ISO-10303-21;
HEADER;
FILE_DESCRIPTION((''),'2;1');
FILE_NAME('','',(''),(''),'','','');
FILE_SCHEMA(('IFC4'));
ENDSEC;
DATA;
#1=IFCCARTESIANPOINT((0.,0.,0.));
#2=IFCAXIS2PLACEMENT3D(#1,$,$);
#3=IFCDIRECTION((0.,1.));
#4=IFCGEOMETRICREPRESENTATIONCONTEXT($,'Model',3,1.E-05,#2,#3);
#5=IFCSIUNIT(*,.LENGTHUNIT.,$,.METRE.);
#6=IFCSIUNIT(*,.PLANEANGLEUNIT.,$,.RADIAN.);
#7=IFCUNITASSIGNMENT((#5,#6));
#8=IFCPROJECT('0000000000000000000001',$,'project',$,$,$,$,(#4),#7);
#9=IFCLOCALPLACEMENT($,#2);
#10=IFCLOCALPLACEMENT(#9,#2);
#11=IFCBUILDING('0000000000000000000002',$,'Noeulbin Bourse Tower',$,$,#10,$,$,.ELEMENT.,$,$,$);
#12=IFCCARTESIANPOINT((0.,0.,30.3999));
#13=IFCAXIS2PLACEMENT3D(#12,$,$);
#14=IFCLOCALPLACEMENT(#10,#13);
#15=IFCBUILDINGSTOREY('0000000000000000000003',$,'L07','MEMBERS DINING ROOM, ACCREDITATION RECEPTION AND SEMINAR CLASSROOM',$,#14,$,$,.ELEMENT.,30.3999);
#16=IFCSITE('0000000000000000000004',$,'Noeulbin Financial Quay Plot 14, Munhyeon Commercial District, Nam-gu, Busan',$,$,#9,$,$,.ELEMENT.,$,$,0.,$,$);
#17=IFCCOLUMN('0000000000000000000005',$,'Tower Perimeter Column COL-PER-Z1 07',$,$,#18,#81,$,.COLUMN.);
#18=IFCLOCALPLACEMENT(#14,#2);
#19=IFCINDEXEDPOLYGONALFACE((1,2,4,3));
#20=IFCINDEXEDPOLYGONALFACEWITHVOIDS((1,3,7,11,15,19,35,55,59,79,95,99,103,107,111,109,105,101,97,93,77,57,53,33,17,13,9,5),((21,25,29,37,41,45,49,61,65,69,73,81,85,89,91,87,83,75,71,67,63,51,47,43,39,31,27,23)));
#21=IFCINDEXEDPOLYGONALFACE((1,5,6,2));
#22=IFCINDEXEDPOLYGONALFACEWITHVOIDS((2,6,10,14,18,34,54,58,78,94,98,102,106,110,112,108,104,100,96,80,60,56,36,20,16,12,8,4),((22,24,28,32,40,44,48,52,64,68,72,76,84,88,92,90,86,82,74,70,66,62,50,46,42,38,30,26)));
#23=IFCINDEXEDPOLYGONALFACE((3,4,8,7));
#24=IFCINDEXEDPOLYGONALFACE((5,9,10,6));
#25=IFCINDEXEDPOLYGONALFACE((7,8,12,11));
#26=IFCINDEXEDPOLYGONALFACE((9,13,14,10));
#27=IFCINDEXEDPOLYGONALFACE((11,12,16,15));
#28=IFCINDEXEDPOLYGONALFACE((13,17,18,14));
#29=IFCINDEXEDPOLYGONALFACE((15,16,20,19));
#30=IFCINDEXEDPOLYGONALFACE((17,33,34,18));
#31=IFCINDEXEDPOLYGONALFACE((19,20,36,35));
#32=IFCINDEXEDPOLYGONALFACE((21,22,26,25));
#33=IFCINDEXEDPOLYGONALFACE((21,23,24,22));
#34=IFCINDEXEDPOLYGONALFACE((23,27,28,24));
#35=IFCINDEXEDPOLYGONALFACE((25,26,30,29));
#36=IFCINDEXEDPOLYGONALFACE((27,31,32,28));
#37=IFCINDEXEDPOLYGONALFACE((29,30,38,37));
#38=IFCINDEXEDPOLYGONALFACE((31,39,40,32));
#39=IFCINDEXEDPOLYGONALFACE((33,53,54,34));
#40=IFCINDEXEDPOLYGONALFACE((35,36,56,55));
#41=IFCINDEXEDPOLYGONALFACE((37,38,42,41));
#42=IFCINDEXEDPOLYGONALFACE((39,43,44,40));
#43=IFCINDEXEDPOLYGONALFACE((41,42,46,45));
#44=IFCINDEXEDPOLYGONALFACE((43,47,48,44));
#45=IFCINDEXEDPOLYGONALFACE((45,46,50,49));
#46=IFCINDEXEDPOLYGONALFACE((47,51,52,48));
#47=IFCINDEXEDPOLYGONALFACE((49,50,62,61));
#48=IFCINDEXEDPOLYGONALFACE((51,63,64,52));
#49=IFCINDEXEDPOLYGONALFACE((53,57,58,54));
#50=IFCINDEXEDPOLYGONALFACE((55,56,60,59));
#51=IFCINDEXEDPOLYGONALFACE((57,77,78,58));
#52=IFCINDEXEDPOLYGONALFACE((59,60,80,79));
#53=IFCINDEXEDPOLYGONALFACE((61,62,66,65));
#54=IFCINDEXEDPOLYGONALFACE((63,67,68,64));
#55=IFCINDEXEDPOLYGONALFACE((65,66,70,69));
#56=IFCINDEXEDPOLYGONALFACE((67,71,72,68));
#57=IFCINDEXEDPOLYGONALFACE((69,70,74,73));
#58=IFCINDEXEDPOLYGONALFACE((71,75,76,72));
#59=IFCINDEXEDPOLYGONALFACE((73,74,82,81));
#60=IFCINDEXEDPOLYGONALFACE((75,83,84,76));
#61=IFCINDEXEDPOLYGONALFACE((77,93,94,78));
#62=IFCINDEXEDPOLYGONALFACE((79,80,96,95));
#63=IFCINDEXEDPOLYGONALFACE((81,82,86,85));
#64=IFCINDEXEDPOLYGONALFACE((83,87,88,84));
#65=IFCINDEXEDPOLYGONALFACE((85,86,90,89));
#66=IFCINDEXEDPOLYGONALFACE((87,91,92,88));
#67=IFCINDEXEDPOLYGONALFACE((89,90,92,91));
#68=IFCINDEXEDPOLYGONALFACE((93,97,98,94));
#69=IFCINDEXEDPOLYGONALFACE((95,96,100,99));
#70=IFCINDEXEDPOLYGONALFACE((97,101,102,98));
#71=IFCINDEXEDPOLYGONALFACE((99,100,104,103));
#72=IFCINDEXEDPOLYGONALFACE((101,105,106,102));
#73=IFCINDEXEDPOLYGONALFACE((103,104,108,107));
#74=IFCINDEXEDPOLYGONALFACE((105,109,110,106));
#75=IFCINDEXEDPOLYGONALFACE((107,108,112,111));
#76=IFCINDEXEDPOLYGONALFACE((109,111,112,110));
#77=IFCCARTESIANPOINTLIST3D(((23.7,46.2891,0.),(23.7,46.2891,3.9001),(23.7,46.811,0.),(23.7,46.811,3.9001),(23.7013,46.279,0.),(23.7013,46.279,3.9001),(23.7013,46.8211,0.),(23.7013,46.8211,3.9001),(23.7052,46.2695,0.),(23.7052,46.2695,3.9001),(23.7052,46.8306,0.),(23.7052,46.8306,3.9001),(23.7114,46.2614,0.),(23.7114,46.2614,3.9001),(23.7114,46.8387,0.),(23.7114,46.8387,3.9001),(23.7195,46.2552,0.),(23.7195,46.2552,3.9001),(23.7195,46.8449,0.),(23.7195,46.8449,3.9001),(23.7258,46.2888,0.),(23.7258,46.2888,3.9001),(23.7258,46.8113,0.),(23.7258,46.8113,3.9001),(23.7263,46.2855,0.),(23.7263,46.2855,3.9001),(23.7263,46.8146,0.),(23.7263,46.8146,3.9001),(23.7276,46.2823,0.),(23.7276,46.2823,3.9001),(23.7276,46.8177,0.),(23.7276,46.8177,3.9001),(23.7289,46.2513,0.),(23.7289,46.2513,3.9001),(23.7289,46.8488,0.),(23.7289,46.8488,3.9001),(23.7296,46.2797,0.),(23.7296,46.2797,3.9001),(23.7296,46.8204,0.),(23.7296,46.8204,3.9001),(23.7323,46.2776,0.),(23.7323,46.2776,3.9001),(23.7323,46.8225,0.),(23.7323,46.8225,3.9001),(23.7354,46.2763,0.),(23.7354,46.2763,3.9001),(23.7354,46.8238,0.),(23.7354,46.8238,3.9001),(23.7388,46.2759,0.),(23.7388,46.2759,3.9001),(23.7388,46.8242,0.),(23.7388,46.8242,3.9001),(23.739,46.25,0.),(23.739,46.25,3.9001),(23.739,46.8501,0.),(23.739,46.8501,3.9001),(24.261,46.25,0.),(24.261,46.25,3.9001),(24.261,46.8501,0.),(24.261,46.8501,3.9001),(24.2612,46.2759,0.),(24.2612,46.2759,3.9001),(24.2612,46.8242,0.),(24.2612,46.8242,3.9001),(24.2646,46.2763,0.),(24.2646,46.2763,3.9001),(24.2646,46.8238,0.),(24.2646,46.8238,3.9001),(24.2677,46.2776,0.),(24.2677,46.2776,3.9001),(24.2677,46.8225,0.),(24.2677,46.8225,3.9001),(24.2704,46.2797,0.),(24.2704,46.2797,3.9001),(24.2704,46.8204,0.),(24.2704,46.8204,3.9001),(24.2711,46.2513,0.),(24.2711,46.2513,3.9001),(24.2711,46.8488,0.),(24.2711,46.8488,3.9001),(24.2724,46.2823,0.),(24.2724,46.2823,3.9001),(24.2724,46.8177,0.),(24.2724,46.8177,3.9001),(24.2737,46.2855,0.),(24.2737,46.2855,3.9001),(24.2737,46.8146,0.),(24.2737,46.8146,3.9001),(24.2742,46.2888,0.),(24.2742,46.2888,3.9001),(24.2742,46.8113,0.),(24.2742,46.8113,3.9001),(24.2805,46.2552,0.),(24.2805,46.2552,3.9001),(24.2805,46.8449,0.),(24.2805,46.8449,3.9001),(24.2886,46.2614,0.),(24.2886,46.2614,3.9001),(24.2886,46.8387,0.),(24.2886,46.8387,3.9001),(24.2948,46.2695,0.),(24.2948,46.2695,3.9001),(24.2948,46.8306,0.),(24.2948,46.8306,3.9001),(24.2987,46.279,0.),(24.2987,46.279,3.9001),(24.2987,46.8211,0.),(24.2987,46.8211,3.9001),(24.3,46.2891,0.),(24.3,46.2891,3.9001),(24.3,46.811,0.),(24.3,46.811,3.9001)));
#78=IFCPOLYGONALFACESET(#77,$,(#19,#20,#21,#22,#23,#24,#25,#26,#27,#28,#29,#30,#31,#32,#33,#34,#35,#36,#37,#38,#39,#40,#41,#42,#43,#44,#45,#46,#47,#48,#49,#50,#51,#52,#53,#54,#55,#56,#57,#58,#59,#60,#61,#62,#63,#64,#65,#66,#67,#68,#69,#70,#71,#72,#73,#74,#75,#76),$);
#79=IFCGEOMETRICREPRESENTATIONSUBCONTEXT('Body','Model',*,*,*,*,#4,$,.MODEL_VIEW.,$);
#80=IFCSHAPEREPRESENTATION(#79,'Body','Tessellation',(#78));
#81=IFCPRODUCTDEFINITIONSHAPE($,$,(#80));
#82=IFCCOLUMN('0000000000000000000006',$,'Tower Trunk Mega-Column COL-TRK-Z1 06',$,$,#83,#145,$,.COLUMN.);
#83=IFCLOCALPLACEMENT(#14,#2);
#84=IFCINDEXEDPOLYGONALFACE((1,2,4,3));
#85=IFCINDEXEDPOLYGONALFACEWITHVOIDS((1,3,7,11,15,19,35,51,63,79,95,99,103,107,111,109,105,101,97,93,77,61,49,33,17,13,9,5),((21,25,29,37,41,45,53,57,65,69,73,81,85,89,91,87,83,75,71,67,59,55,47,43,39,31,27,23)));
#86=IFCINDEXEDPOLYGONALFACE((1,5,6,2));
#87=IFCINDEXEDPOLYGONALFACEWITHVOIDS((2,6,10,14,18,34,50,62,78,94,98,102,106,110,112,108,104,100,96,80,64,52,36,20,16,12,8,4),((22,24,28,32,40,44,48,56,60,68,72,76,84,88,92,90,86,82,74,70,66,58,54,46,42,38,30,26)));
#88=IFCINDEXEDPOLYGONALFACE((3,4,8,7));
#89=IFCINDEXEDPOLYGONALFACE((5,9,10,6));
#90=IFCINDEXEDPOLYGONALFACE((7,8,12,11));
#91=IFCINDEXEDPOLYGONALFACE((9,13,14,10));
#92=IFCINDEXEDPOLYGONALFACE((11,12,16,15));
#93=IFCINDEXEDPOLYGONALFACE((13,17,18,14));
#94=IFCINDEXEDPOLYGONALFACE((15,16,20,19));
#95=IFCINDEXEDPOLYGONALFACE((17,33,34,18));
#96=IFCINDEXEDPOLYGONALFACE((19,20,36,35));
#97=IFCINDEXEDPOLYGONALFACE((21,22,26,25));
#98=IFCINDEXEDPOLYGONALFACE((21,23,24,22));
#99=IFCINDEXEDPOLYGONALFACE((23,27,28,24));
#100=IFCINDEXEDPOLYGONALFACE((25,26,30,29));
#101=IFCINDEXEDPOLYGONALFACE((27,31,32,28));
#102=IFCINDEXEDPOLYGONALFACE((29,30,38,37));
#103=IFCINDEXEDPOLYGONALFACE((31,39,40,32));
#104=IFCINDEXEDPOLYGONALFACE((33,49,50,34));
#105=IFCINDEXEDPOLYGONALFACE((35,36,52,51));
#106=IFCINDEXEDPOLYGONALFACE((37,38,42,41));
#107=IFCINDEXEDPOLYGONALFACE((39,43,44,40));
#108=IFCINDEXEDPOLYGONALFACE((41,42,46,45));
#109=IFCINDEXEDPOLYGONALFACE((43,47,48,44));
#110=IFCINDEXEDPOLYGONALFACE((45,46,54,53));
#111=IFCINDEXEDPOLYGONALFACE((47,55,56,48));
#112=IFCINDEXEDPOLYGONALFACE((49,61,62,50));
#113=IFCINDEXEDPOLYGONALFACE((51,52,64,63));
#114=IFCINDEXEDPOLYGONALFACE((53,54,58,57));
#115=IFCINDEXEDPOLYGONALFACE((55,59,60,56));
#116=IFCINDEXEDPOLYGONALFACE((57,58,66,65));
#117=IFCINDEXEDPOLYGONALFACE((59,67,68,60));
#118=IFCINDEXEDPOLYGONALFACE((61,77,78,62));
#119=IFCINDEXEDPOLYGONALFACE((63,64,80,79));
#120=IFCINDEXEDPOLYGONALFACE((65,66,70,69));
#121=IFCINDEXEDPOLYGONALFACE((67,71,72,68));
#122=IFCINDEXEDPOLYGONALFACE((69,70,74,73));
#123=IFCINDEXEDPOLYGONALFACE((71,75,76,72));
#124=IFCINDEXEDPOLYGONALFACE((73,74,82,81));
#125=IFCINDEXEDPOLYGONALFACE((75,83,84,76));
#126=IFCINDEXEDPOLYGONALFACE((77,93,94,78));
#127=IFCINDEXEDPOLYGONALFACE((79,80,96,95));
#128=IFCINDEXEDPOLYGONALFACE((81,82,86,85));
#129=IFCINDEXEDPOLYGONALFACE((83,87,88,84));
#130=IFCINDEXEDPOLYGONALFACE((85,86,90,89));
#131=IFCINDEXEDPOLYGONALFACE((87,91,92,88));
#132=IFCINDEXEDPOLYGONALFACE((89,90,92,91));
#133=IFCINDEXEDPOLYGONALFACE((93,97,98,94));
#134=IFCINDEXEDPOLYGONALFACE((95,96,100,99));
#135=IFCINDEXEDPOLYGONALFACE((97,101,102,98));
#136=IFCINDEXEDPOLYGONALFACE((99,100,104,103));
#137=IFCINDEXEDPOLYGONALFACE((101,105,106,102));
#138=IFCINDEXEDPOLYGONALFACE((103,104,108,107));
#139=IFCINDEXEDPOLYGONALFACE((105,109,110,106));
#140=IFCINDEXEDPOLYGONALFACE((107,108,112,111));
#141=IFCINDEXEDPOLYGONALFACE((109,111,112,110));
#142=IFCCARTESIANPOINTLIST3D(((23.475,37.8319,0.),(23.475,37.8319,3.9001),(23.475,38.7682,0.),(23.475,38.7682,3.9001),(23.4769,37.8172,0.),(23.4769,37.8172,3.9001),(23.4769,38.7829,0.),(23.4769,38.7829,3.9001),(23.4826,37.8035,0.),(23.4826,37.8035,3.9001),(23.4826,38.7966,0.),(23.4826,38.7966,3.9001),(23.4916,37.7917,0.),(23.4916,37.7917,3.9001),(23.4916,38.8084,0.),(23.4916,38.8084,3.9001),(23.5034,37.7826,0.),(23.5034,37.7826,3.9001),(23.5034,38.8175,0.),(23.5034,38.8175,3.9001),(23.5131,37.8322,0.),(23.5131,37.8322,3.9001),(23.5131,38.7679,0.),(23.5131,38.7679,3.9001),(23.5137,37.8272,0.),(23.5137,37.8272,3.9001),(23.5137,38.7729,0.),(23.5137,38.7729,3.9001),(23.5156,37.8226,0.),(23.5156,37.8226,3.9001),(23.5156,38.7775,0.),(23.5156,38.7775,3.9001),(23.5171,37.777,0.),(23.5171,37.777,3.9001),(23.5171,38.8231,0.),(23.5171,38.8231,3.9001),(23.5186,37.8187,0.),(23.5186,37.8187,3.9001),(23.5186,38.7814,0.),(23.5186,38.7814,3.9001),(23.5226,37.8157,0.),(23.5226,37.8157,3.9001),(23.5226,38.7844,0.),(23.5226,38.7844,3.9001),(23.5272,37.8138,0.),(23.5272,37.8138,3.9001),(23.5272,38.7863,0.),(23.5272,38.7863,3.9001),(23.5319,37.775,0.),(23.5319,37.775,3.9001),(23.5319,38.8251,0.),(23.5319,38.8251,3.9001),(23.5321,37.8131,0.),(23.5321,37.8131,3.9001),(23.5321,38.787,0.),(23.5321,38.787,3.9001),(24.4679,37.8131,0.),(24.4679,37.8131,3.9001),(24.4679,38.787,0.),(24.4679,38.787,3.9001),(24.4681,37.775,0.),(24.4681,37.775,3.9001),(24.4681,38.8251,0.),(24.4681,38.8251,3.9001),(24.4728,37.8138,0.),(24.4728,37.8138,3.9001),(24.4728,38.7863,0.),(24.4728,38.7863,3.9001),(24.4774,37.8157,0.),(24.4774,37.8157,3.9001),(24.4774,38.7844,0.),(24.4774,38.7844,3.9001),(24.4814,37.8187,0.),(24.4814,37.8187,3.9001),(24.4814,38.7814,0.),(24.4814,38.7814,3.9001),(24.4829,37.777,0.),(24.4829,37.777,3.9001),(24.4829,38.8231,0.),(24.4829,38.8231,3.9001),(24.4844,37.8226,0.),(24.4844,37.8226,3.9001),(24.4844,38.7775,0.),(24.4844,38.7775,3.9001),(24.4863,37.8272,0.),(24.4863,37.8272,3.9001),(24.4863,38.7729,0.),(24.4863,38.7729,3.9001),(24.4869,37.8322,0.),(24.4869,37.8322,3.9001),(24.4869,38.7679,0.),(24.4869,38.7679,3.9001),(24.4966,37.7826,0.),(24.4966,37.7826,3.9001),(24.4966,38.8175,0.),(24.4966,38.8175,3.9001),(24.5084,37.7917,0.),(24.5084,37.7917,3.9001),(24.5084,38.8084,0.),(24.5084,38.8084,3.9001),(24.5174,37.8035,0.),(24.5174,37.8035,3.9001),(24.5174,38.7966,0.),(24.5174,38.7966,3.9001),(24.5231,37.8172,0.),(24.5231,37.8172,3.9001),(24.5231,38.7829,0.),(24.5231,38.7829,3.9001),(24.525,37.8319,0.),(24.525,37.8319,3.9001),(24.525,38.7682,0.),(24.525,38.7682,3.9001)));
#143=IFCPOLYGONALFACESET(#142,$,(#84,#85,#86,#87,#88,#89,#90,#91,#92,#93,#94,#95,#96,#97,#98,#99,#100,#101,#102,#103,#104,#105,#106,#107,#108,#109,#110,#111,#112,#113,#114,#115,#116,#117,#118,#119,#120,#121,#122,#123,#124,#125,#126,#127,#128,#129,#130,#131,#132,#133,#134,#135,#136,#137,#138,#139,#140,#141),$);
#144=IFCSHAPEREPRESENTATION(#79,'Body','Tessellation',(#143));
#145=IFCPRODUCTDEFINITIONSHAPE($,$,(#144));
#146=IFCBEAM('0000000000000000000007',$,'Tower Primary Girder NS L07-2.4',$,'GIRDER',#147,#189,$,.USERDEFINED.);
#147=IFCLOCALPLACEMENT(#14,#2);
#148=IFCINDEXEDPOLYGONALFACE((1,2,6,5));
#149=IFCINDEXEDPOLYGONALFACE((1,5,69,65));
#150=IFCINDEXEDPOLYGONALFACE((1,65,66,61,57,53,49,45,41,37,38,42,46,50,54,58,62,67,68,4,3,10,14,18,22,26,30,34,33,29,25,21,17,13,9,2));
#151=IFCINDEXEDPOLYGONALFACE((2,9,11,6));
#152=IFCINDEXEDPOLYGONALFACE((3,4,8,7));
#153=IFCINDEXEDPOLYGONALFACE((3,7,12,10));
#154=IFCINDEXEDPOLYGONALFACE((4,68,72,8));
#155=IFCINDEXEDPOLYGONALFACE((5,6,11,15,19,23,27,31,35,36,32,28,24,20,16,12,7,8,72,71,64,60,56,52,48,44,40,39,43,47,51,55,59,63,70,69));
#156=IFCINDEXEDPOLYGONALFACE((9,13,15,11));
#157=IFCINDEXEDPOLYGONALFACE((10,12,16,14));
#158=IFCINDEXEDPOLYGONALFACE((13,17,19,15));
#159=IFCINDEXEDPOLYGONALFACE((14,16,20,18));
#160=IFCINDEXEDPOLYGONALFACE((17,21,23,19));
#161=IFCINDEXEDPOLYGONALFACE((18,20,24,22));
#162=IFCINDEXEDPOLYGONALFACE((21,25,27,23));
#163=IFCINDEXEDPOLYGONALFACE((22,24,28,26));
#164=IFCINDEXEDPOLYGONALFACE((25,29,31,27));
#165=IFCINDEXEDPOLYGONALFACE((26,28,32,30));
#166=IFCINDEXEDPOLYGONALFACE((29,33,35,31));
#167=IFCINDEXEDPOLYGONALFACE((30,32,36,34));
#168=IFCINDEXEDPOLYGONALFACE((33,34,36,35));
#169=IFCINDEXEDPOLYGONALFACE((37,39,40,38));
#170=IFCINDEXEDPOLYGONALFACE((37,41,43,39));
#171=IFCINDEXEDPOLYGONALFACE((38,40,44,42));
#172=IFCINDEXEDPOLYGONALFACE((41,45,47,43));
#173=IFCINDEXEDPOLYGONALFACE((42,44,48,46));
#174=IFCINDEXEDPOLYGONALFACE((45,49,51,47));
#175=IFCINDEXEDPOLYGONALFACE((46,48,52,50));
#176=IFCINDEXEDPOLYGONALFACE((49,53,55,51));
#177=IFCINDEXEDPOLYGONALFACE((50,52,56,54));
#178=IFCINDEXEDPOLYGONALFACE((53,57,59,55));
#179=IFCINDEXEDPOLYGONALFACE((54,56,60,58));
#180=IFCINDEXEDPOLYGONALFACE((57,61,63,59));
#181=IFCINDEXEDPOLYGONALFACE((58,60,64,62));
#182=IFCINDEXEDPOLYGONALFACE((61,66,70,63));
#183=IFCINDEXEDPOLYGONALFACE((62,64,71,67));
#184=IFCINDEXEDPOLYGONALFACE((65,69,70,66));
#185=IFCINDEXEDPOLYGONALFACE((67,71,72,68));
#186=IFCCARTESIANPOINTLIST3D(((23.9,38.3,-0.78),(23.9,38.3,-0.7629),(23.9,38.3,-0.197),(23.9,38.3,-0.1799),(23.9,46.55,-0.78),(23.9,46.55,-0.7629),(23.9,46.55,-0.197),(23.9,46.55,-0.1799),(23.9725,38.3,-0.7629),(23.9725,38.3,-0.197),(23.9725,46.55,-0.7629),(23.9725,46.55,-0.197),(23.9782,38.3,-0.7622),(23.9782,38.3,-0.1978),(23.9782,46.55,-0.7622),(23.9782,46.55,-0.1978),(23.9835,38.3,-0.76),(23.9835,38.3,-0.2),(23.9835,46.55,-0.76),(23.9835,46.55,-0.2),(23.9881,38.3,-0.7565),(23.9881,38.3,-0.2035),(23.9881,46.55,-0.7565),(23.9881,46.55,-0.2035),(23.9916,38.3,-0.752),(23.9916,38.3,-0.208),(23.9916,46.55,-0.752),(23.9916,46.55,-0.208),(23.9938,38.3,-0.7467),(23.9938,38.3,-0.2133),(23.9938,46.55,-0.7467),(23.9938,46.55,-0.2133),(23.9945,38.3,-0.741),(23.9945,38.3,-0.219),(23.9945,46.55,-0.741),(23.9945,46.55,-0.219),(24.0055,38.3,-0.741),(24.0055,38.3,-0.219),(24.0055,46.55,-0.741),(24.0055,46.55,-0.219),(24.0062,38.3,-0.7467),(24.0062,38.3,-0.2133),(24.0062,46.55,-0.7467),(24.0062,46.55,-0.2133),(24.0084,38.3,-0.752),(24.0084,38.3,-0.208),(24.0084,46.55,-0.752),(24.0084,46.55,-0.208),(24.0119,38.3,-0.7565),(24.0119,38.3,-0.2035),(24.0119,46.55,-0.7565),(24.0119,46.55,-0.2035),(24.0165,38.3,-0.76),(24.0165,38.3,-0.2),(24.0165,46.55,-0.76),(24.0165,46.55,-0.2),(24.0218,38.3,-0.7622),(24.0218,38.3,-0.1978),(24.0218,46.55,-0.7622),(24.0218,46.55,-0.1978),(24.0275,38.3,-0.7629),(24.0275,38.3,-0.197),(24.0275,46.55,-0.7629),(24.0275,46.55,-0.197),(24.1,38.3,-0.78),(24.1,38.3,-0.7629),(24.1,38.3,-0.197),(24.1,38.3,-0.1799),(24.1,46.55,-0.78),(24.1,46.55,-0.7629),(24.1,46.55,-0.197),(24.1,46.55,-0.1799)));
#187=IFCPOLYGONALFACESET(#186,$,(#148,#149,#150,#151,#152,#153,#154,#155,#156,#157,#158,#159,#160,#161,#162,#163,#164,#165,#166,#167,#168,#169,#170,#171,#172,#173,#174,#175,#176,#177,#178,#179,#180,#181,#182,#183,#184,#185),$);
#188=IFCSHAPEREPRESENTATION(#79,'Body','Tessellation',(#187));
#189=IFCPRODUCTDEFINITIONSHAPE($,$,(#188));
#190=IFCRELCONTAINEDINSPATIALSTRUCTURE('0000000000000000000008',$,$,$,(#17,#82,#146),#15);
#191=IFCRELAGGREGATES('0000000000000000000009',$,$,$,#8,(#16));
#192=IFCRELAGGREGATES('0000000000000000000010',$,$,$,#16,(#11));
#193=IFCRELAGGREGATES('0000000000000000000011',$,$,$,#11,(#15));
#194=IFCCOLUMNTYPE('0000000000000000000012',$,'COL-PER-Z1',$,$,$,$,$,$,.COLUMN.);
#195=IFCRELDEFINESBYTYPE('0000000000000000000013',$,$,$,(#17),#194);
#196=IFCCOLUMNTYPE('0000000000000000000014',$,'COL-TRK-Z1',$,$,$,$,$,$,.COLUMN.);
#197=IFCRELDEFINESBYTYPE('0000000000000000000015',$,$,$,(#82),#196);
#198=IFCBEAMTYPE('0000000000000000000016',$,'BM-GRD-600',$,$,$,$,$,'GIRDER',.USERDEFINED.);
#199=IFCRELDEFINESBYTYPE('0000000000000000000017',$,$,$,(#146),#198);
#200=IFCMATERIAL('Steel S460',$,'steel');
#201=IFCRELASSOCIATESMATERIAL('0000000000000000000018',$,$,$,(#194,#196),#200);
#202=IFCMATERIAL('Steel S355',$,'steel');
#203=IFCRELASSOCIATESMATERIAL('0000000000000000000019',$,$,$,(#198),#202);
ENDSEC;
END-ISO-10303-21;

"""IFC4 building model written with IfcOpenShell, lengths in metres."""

from ifc_helpers import new_model, si_unit, direction, frame, origin, origin_2d, place, context, subcontext, project, spatial, hollow_rectangle, i_section, extrude, material, material_profile, profile_set, type_object, element, save


model = new_model("IFC4")

# Units and contexts
model_context = context("Model", 3, precision=1e-05, world=origin(), true_north=direction((0.0, 1.0)))
body_context = subcontext(model_context, "Body", "Model", "MODEL_VIEW")
ifc_project = project(units=[si_unit("LENGTHUNIT", "METRE"), si_unit("PLANEANGLEUNIT", "RADIAN")], contexts=[model_context])

# Site, building, storey
site_placement = place(None, origin())
site = spatial("IfcSite", under=ifc_project, at=site_placement, Name="Noeulbin Financial Quay Plot 14, Munhyeon Commercial District, Nam-gu, Busan", CompositionType="ELEMENT", RefElevation=0.0)
building_placement = place(site_placement, origin())
building = spatial("IfcBuilding", under=site, at=building_placement, Name="Noeulbin Bourse Tower", CompositionType="ELEMENT")
storey_placement = place(building_placement, frame((0.0, 0.0, 30.3999)))
storey = spatial("IfcBuildingStorey", under=building, at=storey_placement, Name="L07", Description="MEMBERS DINING ROOM, ACCREDITATION RECEPTION AND SEMINAR CLASSROOM", CompositionType="ELEMENT", Elevation=30.3999)

# Columns
ifc_material_1 = material(Name="Steel S460", Category="steel")
ifc_material_profile_1 = material_profile(ifc_material_1, hollow_rectangle(XDim=0.6001, YDim=0.6001, WallThickness=0.0259, InnerFilletRadius=0.0129, OuterFilletRadius=0.0391, at=origin_2d()), Name="BOX-600x600x26", Category="LoadBearing")
ifc_profile_set_1 = profile_set([ifc_material_profile_1], Name="Steel S460")
column_type_1 = type_object("IfcColumnType", Name="COL-PER-Z1", PredefinedType="COLUMN", material=ifc_profile_set_1)
column_1_placement = place(storey_placement, frame((24.0, 46.55, 0.0), z_axis=(0.0, 0.0, 1.0), x_axis=(1.0, 0.0, 0.0)))
element("IfcColumn", 1, at=column_1_placement, inside=storey, type_object=column_type_1, Name="Tower Perimeter Column COL-PER-Z1 07", PredefinedType="COLUMN", context=body_context, shape_type="SweptSolid", body=[
    extrude(hollow_rectangle(XDim=0.6001, YDim=0.6001, WallThickness=0.0259, InnerFilletRadius=0.0129, OuterFilletRadius=0.0391, at=origin_2d()), origin(), (0.0, 0.0, 1.0), 3.9001),
])
ifc_material_profile_2 = material_profile(ifc_material_1, hollow_rectangle(XDim=1.05, YDim=1.05, WallThickness=0.0381, InnerFilletRadius=0.019, OuterFilletRadius=0.0569, at=origin_2d()), Name="BOX-1050x1050x38", Category="LoadBearing")
ifc_profile_set_2 = profile_set([ifc_material_profile_2], Name="Steel S460")
column_type_2 = type_object("IfcColumnType", Name="COL-TRK-Z1", PredefinedType="COLUMN", material=ifc_profile_set_2)
column_2_placement = place(storey_placement, frame((24.0, 38.3, 0.0), z_axis=(0.0, 0.0, 1.0), x_axis=(1.0, 0.0, 0.0)))
element("IfcColumn", 2, at=column_2_placement, inside=storey, type_object=column_type_2, Name="Tower Trunk Mega-Column COL-TRK-Z1 06", PredefinedType="COLUMN", context=body_context, shape_type="SweptSolid", body=[
    extrude(hollow_rectangle(XDim=1.05, YDim=1.05, WallThickness=0.0381, InnerFilletRadius=0.019, OuterFilletRadius=0.0569, at=origin_2d()), origin(), (0.0, 0.0, 1.0), 3.9001),
])

# Beam
ifc_material_2 = material(Name="Steel S355", Category="steel")
ifc_material_profile_3 = material_profile(ifc_material_2, i_section(OverallWidth=0.2, OverallDepth=0.6001, WebThickness=0.011, FlangeThickness=0.0171, FilletRadius=0.022, at=origin_2d()), Name="H-600x200x11x17", Category="LoadBearing")
ifc_profile_set_3 = profile_set([ifc_material_profile_3], Name="Steel S355")
beam_type_1 = type_object("IfcBeamType", Name="BM-GRD-600", ElementType="GIRDER", PredefinedType="USERDEFINED", material=ifc_profile_set_3)
beam_1_placement = place(storey_placement, frame((24.0, 38.3, -0.48), z_axis=(0.0, 1.0, 0.0), x_axis=(-1.0, 0.0, 0.0)))
element("IfcBeam", 3, at=beam_1_placement, inside=storey, type_object=beam_type_1, Name="Tower Primary Girder NS L07-2.4", ObjectType="GIRDER", PredefinedType="USERDEFINED", context=body_context, shape_type="SweptSolid", body=[
    extrude(i_section(OverallWidth=0.2, OverallDepth=0.6001, WebThickness=0.011, FlangeThickness=0.0171, FilletRadius=0.022, at=origin_2d()), origin(), (0.0, 0.0, 1.0), 8.25),
])

save(model, "model.ifc")
